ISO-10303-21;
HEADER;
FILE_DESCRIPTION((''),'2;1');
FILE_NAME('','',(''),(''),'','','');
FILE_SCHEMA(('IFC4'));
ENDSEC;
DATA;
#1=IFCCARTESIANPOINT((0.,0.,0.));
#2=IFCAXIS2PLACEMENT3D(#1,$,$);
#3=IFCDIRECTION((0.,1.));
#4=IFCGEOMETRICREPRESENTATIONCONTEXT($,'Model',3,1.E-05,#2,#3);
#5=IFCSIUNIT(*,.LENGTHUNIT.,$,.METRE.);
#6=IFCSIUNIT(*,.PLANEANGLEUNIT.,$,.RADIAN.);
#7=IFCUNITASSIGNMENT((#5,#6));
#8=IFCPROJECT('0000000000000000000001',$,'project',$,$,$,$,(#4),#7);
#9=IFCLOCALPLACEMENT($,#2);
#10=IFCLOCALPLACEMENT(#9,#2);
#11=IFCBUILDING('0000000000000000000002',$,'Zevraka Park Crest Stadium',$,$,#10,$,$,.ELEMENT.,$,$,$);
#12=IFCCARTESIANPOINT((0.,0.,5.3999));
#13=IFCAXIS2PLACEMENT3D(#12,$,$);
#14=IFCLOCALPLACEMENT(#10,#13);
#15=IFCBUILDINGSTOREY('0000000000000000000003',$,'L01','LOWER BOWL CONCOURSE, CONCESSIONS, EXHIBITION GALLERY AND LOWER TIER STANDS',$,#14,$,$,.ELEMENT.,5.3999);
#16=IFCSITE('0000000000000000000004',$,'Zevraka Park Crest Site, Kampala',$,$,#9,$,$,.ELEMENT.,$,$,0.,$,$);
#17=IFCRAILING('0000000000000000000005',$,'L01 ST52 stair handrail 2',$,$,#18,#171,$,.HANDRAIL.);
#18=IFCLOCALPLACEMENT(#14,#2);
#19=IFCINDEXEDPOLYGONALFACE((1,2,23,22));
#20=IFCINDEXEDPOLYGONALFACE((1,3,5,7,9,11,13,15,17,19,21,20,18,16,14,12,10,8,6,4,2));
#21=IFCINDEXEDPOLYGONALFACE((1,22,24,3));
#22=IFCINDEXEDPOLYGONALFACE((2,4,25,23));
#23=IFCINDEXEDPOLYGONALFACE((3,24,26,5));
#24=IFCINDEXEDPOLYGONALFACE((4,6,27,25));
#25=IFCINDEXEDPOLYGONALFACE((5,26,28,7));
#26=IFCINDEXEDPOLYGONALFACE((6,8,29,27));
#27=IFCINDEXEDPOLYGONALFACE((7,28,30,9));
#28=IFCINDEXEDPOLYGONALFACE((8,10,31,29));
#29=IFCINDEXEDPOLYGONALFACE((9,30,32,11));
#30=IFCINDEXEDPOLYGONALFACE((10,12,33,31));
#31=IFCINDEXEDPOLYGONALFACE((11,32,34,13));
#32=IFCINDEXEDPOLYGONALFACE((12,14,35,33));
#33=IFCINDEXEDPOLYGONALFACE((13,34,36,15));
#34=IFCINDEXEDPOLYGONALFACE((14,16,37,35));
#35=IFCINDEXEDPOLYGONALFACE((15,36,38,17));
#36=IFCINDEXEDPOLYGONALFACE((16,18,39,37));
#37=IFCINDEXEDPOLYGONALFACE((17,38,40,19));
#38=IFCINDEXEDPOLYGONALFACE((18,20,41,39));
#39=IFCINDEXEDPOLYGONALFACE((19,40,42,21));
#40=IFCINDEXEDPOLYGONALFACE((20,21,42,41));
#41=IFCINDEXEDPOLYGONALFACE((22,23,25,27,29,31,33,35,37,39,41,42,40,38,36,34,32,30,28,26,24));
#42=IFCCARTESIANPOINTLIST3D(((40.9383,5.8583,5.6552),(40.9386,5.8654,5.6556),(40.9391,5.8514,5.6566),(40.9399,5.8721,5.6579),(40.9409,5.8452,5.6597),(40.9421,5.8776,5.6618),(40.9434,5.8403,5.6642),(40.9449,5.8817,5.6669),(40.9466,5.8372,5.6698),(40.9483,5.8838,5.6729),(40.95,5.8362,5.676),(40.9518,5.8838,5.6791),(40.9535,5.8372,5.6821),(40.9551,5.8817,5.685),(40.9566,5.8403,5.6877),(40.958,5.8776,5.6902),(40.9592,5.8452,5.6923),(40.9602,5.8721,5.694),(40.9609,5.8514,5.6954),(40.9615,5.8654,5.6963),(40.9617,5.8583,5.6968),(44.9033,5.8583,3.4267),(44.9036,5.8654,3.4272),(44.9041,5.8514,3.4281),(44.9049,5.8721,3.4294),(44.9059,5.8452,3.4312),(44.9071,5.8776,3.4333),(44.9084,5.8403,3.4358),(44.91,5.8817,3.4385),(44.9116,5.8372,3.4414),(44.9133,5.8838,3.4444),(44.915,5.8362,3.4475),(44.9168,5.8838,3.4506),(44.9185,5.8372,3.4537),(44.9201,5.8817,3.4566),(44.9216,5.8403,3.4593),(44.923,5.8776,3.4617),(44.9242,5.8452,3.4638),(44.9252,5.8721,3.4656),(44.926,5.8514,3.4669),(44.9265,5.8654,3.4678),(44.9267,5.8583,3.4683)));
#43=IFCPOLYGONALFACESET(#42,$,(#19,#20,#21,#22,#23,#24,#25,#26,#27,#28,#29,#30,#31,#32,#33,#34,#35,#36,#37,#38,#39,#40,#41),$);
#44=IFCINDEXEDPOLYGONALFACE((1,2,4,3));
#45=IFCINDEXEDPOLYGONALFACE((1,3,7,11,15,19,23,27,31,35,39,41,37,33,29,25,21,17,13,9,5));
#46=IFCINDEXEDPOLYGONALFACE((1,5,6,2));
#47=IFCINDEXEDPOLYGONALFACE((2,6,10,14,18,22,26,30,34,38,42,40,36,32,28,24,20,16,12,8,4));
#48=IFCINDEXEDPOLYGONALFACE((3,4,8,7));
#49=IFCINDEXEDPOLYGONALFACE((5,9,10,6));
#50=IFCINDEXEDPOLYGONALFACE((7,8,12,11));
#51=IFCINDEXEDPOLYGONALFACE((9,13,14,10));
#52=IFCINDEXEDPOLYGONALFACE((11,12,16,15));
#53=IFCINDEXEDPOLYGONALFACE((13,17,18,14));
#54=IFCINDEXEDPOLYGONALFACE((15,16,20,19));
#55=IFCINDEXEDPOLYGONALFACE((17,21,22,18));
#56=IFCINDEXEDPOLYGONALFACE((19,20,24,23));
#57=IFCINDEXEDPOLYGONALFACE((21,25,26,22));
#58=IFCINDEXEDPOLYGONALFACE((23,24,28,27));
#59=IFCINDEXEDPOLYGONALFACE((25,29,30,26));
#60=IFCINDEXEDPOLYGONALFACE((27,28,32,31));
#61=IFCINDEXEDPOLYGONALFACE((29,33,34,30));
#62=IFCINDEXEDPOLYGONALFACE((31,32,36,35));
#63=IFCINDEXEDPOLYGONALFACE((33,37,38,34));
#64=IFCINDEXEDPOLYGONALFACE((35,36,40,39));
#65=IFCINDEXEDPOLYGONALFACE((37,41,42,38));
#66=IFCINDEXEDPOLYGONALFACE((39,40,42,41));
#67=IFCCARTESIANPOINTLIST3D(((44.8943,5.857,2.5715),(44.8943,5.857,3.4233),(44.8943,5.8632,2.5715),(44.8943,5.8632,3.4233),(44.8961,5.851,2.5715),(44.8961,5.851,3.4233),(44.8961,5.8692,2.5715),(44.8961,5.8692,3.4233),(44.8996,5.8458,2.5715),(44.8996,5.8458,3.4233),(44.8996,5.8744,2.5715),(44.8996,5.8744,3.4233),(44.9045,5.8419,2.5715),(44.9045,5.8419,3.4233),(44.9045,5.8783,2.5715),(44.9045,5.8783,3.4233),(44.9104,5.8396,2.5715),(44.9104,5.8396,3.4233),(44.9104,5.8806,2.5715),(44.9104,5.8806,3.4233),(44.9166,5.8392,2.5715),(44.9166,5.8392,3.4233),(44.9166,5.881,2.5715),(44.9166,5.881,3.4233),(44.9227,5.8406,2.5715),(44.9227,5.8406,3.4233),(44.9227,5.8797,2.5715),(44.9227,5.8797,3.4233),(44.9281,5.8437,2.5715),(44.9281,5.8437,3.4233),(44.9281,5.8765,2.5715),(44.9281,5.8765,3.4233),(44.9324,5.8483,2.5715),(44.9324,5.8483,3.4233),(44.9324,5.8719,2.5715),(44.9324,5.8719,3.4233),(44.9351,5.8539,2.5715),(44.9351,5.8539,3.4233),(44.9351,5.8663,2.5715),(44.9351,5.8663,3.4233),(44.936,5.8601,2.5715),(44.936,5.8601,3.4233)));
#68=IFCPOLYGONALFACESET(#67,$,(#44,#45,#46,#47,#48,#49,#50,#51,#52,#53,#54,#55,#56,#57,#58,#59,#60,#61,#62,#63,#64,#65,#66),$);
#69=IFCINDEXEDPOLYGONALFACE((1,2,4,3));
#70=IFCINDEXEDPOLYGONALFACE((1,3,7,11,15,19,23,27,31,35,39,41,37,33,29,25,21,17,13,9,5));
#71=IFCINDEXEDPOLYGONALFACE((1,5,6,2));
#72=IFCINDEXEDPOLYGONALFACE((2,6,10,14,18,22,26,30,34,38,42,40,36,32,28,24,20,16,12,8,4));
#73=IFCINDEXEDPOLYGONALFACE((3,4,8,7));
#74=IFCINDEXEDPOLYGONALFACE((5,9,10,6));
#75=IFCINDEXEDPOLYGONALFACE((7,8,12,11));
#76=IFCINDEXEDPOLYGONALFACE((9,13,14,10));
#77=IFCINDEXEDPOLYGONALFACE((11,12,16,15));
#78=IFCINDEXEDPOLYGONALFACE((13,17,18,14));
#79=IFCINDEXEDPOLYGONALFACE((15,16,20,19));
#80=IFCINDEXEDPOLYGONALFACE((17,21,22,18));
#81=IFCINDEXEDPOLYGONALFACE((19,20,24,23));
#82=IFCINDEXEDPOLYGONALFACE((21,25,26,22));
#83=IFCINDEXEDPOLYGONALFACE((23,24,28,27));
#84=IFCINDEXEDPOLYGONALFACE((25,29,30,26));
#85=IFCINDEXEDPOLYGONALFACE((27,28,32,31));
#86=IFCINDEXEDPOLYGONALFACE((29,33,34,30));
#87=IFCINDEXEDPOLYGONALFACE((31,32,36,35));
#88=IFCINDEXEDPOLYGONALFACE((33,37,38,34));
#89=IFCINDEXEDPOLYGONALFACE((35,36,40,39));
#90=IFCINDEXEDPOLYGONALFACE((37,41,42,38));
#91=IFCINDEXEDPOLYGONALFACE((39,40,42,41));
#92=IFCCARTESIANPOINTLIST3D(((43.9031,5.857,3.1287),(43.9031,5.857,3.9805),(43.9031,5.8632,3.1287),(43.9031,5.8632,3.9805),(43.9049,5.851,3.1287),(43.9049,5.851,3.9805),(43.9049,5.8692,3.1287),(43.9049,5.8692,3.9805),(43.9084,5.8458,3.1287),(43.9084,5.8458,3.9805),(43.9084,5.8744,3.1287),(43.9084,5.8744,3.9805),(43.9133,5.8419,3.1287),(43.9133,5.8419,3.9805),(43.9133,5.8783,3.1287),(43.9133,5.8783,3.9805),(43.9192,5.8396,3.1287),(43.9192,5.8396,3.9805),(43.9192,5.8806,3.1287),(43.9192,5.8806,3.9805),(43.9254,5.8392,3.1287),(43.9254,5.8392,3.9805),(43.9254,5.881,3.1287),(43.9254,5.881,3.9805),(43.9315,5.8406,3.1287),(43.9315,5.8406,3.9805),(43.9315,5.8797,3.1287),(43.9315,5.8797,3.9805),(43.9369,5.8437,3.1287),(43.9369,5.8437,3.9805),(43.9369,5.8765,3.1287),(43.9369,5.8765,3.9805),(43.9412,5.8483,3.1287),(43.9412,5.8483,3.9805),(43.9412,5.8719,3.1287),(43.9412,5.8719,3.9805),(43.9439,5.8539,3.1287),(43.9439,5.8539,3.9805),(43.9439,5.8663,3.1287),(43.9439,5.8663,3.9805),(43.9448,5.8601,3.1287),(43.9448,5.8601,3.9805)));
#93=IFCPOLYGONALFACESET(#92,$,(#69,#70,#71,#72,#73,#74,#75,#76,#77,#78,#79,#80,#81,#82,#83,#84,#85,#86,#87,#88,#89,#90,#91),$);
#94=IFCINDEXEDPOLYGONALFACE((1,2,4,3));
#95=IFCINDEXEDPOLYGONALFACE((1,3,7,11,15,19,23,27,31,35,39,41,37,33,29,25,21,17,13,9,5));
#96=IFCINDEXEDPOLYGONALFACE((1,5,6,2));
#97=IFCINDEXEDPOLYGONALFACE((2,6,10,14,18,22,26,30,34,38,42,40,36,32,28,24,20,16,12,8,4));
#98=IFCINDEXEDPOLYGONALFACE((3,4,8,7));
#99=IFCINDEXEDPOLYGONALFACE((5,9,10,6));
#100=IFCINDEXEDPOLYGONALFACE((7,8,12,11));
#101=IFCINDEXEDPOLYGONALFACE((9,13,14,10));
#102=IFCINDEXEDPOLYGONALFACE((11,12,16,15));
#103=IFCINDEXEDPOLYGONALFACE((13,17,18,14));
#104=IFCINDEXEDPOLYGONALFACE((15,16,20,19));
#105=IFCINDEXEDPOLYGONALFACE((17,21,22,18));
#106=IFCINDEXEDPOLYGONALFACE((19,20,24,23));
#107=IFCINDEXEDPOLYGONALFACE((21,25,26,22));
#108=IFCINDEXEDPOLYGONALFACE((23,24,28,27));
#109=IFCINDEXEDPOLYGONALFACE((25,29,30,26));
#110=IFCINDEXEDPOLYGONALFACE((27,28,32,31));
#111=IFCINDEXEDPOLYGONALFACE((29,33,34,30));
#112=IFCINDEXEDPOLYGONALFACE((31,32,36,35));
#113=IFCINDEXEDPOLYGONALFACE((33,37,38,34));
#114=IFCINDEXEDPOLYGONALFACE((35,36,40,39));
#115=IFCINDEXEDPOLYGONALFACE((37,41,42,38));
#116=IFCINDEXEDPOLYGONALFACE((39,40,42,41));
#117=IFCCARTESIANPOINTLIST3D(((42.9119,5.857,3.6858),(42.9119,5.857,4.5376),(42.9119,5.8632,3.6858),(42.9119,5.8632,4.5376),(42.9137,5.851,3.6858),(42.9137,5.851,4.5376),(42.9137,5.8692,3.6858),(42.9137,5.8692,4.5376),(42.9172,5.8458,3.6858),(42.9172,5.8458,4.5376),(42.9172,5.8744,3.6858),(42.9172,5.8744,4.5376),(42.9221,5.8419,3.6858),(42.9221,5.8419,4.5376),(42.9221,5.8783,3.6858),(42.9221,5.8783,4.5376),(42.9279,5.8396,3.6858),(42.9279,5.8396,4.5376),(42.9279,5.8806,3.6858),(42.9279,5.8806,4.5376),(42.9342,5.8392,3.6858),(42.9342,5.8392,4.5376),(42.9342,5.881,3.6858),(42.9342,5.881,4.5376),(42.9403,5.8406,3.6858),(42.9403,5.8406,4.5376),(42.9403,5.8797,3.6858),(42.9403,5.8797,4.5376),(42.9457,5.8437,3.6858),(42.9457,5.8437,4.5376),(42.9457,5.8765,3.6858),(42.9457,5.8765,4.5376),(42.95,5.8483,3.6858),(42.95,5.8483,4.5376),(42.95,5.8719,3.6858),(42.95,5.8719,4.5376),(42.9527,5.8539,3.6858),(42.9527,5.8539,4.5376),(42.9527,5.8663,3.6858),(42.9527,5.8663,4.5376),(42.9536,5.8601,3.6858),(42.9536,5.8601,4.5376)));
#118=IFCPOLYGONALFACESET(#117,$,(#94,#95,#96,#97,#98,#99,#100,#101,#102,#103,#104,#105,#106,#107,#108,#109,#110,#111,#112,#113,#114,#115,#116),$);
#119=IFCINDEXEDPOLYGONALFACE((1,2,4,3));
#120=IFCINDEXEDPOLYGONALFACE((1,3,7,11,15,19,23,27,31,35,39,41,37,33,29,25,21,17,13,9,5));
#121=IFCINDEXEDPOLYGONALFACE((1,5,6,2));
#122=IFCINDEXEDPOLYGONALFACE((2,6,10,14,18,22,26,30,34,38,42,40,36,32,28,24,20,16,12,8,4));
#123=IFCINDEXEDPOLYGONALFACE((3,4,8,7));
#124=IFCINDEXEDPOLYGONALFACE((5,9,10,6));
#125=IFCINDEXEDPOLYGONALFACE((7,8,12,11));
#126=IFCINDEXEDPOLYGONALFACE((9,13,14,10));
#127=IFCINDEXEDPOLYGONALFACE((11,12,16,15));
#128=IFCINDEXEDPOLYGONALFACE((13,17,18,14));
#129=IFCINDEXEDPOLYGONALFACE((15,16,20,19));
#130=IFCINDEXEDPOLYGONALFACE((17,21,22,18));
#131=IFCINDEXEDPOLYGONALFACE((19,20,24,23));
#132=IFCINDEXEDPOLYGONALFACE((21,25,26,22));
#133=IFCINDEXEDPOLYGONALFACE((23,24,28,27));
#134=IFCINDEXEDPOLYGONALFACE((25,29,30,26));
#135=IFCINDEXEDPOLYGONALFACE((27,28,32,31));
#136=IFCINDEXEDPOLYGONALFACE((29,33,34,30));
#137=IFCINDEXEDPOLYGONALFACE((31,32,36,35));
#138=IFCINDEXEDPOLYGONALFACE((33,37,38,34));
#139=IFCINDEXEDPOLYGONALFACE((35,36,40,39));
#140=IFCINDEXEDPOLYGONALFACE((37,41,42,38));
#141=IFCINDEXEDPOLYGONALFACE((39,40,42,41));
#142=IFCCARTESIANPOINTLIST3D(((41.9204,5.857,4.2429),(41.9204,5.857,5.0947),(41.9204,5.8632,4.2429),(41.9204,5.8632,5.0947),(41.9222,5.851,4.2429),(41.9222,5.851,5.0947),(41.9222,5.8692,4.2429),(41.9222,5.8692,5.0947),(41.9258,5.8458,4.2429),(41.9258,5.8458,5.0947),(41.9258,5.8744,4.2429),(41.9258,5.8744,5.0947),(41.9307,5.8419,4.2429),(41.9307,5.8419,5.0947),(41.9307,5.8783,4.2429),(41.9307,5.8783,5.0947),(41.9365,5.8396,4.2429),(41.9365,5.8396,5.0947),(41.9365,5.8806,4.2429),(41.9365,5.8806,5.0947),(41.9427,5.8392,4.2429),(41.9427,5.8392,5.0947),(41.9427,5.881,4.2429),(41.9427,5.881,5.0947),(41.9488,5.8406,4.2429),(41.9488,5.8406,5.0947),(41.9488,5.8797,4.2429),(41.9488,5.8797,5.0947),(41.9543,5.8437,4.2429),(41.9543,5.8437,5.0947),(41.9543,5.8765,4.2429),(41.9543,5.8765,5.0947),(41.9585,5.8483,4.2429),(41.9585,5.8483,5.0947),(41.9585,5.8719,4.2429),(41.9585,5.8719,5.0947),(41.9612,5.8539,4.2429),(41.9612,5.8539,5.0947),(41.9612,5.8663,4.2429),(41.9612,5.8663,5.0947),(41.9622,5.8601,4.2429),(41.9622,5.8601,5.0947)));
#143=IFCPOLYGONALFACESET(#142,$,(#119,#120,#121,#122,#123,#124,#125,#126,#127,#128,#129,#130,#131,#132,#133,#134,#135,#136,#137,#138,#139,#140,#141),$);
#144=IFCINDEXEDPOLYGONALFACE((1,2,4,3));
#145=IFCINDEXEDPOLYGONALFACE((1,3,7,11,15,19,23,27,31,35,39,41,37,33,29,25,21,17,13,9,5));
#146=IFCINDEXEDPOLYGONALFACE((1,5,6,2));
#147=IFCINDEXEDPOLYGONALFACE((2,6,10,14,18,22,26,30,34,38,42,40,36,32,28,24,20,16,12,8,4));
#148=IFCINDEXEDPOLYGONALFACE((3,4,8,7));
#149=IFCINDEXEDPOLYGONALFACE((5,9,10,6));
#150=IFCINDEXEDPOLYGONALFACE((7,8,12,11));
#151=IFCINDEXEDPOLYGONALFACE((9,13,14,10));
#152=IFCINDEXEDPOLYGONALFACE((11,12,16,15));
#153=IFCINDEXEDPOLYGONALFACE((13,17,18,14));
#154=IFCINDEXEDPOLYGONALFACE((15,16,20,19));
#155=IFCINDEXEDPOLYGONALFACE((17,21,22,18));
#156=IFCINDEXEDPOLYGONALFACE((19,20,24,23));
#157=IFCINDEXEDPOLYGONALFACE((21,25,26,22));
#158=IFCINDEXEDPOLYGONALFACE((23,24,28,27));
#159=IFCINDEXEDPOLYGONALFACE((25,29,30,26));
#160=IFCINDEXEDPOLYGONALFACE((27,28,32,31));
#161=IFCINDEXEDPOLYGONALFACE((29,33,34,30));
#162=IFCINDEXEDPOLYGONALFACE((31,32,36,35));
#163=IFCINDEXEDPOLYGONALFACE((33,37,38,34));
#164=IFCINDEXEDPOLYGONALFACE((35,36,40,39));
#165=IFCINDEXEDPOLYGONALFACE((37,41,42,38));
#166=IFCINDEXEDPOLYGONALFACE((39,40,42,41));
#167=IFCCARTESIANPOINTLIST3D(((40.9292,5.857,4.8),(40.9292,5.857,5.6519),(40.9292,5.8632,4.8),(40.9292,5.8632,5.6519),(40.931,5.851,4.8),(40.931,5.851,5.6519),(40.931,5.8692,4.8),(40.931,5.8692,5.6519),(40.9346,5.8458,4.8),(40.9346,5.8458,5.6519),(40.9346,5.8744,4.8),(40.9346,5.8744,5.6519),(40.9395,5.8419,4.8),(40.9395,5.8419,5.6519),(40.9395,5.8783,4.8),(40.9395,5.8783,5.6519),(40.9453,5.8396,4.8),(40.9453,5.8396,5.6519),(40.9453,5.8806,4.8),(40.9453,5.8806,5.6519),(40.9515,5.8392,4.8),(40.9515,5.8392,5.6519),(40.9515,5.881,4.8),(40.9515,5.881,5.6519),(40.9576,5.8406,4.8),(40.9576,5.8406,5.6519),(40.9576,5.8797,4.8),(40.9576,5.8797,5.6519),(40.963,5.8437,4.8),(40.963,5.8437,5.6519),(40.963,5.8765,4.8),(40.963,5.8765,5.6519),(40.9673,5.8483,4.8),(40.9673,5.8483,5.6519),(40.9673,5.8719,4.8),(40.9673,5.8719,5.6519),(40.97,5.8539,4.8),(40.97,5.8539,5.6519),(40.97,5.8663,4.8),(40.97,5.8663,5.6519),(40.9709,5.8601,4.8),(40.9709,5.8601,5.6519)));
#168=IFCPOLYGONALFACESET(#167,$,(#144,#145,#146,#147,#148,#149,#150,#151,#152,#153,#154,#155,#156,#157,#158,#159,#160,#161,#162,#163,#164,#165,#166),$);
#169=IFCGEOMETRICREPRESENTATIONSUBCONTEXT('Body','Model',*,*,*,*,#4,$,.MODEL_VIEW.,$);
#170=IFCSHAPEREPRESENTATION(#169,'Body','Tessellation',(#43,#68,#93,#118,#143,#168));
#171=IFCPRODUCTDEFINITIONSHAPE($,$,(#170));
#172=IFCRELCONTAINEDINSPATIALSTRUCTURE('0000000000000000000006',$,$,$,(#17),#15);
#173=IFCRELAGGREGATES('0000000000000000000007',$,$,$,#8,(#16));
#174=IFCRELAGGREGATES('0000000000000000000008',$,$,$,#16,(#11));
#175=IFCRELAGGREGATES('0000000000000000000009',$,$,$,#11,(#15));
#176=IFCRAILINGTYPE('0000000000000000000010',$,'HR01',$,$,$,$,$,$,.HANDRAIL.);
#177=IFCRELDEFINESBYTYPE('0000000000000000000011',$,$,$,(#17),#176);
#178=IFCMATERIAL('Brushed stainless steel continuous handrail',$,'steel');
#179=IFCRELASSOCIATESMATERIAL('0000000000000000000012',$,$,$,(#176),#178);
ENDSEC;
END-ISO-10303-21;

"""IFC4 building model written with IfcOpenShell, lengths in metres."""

from ifc_helpers import new_model, si_unit, direction, frame, origin, origin_2d, place, context, subcontext, project, spatial, circle, extrude, material, type_object, element, save


model = new_model("IFC4")

# Units and contexts
model_context = context("Model", 3, precision=1e-05, world=origin(), true_north=direction((0.0, 1.0)))
body_context = subcontext(model_context, "Body", "Model", "MODEL_VIEW")
ifc_project = project(units=[si_unit("LENGTHUNIT", "METRE"), si_unit("PLANEANGLEUNIT", "RADIAN")], contexts=[model_context])

# Site, building, storey
site_placement = place(None, origin())
site = spatial("IfcSite", under=ifc_project, at=site_placement, Name="Zevraka Park Crest Site, Kampala", CompositionType="ELEMENT", RefElevation=0.0)
building_placement = place(site_placement, origin())
building = spatial("IfcBuilding", under=site, at=building_placement, Name="Zevraka Park Crest Stadium", CompositionType="ELEMENT")
storey_placement = place(building_placement, frame((0.0, 0.0, 5.3999)))
storey = spatial("IfcBuildingStorey", under=building, at=storey_placement, Name="L01", Description="LOWER BOWL CONCOURSE, CONCESSIONS, EXHIBITION GALLERY AND LOWER TIER STANDS", CompositionType="ELEMENT", Elevation=5.3999)

# Railing
ifc_material_1 = material(Name="Brushed stainless steel continuous handrail", Category="steel")
railing_type_1 = type_object("IfcRailingType", Name="HR01", PredefinedType="HANDRAIL", material=ifc_material_1)
railing_1_placement = place(storey_placement, frame((44.915, 5.8601, 2.5715)))
element("IfcRailing", 1, at=railing_1_placement, inside=storey, type_object=railing_type_1, Name="L01 ST52 stair handrail 2", PredefinedType="HANDRAIL", context=body_context, shape_type="SweptSolid", body=[
    extrude(circle(Radius=0.0239, at=origin_2d()), frame((0.0, 0.0, 0.876), z_axis=(-0.871749, 0.0, 0.489953), x_axis=(0.0, -1.0, 0.0)), (0.0, 0.0, 1.0), 4.5483),
    extrude(circle(Radius=0.021, at=origin_2d()), origin(), (0.0, 0.0, 1.0), 0.8518),
    extrude(circle(Radius=0.021, at=origin_2d()), frame((-0.9912, 0.0, 0.5571)), (0.0, 0.0, 1.0), 0.8518),
    extrude(circle(Radius=0.021, at=origin_2d()), frame((-1.9824, 0.0, 1.1143)), (0.0, 0.0, 1.0), 0.8518),
    extrude(circle(Radius=0.021, at=origin_2d()), frame((-2.9739, 0.0, 1.6714)), (0.0, 0.0, 1.0), 0.8518),
    extrude(circle(Radius=0.021, at=origin_2d()), frame((-3.9651, 0.0, 2.2285)), (0.0, 0.0, 1.0), 0.8518),
])

save(model, "model.ifc")
